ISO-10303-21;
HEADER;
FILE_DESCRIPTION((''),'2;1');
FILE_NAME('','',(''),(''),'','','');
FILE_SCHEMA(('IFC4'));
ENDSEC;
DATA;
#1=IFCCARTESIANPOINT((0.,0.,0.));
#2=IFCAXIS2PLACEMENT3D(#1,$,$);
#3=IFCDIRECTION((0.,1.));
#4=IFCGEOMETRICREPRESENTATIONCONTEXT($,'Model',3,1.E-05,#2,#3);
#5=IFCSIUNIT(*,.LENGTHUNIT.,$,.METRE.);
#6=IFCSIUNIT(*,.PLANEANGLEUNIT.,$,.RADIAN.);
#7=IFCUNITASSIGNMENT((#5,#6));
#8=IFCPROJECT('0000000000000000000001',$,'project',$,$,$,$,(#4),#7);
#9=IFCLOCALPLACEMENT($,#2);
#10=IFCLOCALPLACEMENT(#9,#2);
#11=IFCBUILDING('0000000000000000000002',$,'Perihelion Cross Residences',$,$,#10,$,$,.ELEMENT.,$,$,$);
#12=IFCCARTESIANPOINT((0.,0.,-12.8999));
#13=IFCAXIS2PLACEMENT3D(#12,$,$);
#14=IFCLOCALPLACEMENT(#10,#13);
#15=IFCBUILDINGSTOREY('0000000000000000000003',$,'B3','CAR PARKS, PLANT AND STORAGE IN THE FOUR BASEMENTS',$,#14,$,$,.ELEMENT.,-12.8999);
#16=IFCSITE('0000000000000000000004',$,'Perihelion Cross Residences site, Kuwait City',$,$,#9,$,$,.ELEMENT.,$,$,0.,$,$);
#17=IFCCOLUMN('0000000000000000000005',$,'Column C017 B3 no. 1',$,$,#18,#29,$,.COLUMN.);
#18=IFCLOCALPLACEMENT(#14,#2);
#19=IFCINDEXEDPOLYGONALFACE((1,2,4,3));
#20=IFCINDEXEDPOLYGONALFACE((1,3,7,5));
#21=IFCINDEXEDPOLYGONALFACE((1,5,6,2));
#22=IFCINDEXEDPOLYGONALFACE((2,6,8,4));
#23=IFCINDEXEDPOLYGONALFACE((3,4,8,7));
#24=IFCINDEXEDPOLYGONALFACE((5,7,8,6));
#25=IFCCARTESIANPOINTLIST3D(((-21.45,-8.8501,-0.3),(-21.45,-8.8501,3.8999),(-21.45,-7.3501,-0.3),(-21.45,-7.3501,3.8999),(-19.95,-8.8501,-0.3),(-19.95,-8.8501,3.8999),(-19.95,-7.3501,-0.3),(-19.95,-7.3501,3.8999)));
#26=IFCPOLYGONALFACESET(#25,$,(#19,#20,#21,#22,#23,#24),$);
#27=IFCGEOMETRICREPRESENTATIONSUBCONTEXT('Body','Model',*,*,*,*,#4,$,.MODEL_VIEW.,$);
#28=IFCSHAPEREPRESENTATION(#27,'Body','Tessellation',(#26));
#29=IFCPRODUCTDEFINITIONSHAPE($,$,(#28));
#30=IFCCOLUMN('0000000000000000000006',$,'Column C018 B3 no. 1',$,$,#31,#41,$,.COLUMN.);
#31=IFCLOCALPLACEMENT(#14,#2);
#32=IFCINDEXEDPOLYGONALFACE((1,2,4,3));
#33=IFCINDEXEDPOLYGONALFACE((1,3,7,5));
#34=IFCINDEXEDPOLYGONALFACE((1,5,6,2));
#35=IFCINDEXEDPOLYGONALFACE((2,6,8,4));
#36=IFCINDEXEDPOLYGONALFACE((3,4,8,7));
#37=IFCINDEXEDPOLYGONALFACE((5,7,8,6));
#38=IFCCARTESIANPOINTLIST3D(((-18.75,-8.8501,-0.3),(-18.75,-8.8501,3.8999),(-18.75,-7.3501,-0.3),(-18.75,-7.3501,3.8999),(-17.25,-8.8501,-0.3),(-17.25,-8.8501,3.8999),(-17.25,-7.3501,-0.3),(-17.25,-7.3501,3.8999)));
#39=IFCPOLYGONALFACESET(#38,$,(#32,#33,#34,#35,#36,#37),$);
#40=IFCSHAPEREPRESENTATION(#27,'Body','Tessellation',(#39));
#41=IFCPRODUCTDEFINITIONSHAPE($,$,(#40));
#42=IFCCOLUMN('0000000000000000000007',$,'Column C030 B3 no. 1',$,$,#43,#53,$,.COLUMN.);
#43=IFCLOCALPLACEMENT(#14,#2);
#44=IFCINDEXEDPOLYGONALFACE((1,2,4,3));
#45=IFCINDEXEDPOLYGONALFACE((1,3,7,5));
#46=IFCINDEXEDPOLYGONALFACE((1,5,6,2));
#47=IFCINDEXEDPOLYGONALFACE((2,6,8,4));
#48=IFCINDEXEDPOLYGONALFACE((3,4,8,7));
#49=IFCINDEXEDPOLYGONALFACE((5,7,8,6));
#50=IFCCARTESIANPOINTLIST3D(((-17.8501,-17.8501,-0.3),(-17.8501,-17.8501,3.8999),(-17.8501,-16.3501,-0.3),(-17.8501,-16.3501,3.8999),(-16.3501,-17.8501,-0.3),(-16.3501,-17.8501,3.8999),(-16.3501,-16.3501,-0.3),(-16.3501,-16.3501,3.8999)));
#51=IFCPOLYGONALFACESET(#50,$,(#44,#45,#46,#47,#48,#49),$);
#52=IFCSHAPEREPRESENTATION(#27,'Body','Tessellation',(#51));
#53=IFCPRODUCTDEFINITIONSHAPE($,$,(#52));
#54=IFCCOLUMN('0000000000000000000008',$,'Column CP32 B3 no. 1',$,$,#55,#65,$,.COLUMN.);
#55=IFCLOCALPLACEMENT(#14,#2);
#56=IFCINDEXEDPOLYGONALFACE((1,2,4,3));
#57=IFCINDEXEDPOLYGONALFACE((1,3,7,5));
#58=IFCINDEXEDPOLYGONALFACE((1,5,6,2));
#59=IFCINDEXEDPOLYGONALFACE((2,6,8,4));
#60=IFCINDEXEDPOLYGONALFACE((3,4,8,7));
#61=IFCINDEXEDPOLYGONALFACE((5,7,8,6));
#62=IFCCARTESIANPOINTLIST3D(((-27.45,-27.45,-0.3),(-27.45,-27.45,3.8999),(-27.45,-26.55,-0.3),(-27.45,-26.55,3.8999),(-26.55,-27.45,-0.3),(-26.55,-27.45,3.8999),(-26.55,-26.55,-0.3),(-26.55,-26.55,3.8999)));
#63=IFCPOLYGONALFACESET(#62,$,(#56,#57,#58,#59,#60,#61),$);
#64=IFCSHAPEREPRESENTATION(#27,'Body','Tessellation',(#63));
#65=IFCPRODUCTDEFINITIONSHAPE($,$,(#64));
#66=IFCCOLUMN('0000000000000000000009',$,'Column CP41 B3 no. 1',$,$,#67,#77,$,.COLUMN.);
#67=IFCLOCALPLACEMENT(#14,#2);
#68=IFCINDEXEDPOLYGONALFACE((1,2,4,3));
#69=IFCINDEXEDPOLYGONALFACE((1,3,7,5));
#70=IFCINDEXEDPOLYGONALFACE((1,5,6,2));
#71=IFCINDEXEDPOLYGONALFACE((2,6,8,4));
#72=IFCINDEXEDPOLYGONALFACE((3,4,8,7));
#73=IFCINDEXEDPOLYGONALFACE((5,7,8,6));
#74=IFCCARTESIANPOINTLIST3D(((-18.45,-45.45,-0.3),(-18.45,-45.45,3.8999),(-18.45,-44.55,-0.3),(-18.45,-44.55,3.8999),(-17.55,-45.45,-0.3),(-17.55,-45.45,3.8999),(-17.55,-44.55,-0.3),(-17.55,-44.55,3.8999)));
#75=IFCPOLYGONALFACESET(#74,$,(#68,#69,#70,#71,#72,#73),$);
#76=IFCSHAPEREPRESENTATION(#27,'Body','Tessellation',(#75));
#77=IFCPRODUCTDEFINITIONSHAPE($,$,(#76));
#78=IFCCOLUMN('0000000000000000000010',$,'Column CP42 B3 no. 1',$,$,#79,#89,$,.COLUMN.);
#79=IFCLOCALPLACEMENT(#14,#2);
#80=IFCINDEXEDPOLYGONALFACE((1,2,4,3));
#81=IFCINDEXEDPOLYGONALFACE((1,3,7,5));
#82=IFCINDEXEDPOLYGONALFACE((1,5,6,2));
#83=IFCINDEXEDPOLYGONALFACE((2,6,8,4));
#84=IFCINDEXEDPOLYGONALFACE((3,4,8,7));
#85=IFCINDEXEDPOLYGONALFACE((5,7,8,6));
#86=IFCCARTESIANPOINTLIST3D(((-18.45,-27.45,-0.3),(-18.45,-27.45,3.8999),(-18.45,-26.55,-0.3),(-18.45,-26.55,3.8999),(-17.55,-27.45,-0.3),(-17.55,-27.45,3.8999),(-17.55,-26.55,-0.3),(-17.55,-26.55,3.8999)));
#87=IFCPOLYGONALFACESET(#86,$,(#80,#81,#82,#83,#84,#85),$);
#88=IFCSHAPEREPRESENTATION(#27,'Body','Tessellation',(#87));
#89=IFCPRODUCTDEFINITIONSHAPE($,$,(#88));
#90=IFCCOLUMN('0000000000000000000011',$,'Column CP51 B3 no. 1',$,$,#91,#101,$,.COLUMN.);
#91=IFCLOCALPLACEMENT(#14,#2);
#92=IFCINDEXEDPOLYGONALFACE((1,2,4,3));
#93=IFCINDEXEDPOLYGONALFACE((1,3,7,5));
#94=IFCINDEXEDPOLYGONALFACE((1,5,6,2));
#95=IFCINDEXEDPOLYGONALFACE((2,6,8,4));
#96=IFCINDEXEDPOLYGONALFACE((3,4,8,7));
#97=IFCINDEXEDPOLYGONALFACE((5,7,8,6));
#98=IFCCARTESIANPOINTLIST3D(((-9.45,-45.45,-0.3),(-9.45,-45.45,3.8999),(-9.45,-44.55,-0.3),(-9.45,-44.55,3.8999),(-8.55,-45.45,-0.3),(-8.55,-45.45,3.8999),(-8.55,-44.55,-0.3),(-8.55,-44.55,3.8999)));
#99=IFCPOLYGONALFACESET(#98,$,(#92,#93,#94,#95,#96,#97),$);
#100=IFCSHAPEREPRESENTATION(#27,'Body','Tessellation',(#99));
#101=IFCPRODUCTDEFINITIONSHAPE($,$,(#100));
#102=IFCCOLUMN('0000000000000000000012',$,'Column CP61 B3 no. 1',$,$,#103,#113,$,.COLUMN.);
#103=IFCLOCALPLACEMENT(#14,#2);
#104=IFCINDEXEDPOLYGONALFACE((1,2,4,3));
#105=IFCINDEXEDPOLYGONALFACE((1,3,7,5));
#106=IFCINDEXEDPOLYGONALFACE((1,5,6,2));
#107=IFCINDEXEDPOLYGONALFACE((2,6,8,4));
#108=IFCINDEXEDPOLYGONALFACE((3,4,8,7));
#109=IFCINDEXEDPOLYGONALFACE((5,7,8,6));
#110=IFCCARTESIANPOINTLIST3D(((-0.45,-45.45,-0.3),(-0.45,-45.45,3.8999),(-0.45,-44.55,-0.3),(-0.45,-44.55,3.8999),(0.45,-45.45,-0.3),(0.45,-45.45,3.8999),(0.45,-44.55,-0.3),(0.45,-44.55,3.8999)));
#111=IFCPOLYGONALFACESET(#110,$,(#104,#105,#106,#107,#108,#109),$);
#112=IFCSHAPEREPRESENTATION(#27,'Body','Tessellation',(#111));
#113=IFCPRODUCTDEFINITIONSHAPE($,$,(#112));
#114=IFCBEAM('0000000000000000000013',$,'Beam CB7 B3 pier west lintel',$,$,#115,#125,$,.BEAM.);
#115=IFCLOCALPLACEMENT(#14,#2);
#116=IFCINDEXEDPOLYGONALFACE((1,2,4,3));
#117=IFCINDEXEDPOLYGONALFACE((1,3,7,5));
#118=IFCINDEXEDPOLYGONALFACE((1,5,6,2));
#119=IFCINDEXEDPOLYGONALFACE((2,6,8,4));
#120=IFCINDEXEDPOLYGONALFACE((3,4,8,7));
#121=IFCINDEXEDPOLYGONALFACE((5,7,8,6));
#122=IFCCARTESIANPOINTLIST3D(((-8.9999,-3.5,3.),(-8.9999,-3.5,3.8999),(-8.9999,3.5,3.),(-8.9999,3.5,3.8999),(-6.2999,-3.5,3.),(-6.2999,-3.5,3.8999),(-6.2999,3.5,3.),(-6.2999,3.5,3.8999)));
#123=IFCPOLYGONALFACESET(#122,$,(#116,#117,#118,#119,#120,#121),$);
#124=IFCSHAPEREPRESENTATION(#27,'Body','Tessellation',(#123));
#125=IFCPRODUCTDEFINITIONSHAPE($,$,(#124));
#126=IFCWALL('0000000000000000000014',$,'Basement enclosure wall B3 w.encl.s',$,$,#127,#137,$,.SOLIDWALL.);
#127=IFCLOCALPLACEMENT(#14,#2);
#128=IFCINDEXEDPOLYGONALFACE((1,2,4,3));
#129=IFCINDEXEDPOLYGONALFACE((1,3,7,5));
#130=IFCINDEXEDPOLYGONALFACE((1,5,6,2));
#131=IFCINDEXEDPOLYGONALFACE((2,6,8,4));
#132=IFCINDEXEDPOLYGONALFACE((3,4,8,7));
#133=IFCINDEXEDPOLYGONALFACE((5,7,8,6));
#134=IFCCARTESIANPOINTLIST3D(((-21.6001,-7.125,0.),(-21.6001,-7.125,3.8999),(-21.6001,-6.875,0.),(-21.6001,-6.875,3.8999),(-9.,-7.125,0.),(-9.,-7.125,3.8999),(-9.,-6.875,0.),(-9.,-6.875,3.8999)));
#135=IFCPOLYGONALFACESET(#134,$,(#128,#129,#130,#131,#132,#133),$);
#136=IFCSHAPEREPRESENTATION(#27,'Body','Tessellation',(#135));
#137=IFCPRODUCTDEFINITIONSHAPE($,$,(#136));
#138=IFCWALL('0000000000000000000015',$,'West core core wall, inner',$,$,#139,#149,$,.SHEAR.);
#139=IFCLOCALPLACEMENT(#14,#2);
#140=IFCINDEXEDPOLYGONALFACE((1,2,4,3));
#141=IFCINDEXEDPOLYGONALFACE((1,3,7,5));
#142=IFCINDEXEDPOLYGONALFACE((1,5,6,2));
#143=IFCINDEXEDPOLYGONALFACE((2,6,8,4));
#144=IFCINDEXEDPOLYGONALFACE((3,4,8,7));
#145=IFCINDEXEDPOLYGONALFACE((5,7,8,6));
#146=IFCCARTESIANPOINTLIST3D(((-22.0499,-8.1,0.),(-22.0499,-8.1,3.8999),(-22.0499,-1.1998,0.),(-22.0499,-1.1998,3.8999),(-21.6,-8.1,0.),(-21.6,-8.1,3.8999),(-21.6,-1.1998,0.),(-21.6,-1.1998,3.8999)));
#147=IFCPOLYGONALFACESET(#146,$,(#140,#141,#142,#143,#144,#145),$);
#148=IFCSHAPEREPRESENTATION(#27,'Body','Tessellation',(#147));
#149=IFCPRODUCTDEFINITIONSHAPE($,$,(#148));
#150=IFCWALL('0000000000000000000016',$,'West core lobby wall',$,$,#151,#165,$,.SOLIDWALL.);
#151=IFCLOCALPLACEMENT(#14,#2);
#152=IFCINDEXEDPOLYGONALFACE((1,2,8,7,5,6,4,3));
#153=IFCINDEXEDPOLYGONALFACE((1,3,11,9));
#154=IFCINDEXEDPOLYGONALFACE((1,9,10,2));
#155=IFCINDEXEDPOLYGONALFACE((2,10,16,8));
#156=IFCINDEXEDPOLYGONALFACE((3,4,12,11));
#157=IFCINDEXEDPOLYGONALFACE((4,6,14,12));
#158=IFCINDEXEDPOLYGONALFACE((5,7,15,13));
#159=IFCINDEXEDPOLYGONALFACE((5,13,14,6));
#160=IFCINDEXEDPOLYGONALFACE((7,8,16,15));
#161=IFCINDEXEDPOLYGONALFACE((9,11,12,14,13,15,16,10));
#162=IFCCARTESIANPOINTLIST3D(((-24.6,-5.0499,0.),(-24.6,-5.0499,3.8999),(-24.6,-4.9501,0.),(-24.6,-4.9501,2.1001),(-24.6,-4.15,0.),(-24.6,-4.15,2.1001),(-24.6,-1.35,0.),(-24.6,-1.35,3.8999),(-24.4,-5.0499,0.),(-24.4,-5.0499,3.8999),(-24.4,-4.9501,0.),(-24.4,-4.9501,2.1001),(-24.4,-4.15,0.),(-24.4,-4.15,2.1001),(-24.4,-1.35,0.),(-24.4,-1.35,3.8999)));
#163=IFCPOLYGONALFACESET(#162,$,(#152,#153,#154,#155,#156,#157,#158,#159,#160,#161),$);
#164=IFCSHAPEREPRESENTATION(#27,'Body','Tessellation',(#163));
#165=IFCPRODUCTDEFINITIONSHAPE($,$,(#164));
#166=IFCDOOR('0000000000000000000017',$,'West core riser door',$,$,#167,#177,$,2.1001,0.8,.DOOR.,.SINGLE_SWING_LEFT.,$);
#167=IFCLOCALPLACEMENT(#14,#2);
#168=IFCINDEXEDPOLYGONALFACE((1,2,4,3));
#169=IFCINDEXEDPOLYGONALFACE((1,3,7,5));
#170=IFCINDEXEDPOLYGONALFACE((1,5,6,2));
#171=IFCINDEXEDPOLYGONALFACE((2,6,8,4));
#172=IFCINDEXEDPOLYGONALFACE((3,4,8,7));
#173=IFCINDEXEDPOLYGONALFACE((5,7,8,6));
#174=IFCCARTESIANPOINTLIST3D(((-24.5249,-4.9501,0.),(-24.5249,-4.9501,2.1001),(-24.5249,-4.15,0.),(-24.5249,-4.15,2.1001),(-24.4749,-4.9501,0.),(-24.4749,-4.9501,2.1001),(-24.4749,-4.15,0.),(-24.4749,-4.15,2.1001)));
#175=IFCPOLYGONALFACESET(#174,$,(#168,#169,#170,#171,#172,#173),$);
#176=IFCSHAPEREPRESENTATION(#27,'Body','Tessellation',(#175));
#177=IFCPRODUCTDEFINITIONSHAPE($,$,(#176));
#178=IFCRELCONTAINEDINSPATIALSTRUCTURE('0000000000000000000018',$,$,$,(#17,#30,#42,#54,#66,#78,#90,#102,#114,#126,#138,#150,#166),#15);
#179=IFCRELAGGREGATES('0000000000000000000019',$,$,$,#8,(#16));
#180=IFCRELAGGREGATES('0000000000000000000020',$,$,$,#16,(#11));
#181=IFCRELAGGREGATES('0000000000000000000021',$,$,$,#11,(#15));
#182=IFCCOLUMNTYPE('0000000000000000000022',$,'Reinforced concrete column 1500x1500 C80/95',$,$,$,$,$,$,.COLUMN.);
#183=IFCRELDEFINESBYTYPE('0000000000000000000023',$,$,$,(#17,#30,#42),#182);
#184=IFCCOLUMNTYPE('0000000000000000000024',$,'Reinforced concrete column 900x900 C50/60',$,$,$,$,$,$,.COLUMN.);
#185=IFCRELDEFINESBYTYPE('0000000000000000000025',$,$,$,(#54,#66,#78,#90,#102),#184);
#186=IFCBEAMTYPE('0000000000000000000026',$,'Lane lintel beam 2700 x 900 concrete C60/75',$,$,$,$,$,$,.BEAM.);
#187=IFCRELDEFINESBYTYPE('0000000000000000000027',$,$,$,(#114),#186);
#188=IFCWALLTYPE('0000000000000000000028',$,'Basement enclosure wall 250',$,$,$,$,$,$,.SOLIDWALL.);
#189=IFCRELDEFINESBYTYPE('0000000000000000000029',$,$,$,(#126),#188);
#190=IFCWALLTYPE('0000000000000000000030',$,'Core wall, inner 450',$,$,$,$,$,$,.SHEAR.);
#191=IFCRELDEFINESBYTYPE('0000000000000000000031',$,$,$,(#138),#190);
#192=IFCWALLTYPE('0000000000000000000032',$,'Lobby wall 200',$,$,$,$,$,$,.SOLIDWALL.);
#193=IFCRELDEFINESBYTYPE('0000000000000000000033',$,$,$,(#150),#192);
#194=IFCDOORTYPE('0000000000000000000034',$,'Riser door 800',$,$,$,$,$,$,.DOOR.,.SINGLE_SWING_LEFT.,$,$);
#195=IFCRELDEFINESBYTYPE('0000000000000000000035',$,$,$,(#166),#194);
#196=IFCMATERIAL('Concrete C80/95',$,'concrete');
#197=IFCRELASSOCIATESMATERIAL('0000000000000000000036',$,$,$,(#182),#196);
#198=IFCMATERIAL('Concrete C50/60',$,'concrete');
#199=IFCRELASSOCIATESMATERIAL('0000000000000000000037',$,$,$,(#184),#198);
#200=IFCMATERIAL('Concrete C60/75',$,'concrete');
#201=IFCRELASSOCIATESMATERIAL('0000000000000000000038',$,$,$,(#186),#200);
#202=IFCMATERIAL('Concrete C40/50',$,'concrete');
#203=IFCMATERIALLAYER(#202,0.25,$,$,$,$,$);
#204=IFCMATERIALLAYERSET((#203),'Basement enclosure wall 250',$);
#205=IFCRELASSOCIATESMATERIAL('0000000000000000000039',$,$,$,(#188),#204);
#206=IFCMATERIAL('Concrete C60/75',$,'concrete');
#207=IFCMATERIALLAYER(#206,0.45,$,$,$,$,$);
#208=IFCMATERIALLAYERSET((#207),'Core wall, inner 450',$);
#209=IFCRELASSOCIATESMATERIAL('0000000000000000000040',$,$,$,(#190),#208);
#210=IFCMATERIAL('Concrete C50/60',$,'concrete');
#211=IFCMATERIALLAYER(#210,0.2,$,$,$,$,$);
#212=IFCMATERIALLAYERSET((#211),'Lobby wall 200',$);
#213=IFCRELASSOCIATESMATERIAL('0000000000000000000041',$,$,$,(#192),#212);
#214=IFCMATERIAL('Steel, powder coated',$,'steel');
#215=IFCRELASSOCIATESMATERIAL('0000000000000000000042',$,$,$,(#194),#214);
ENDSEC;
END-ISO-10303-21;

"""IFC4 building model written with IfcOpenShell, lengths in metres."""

from ifc_helpers import new_model, si_unit, direction, frame, frame_2d, origin, origin_2d, place, context, subcontext, project, spatial, rectangle, extrude, material, layer, layer_set, material_profile, profile_set, type_object, element, fill, save


model = new_model("IFC4")

# Units and contexts
model_context = context("Model", 3, precision=1e-05, world=origin(), true_north=direction((0.0, 1.0)))
body_context = subcontext(model_context, "Body", "Model", "MODEL_VIEW")
ifc_project = project(units=[si_unit("LENGTHUNIT", "METRE"), si_unit("PLANEANGLEUNIT", "RADIAN")], contexts=[model_context])

# Site, building, storey
site_placement = place(None, origin())
site = spatial("IfcSite", under=ifc_project, at=site_placement, Name="Perihelion Cross Residences site, Kuwait City", CompositionType="ELEMENT", RefElevation=0.0)
building_placement = place(site_placement, origin())
building = spatial("IfcBuilding", under=site, at=building_placement, Name="Perihelion Cross Residences", CompositionType="ELEMENT")
storey_placement = place(building_placement, frame((0.0, 0.0, -12.8999)))
storey = spatial("IfcBuildingStorey", under=building, at=storey_placement, Name="B3", Description="CAR PARKS, PLANT AND STORAGE IN THE FOUR BASEMENTS", CompositionType="ELEMENT", Elevation=-12.8999)

# Columns
ifc_material_1 = material(Name="Concrete C80/95", Category="concrete")
ifc_material_profile_1 = material_profile(ifc_material_1, rectangle(XDim=1.5, YDim=1.5, at=origin_2d()), Name="RC 1500x1500")
ifc_profile_set_1 = profile_set([ifc_material_profile_1], Name="Concrete C80/95")
column_type_1 = type_object("IfcColumnType", Name="Reinforced concrete column 1500x1500 C80/95", PredefinedType="COLUMN", material=ifc_profile_set_1)
for number, where, z_axis, x_axis, name in (
    (1, (-20.7, -8.1001, -0.3), (0.0, 0.0, 1.0), (1.0, 0.0, 0.0), "Column C017 B3 no. 1"),
    (2, (-18.0, -8.1001, -0.3), (0.0, 0.0, 1.0), (1.0, 0.0, 0.0), "Column C018 B3 no. 1"),
    (3, (-17.1001, -17.1001, -0.3), (0.0, 0.0, 1.0), (1.0, 0.0, 0.0), "Column C030 B3 no. 1"),
):
    element("IfcColumn", number, at=place(storey_placement, frame(where, z_axis=z_axis, x_axis=x_axis)), inside=storey, type_object=column_type_1, Name=name, PredefinedType="COLUMN", context=body_context, shape_type="SweptSolid", body=[
        extrude(rectangle(XDim=1.5, YDim=1.5, at=origin_2d()), origin(), (0.0, 0.0, 1.0), 4.2),
    ])
ifc_material_2 = material(Name="Concrete C50/60", Category="concrete")
ifc_material_profile_2 = material_profile(ifc_material_2, rectangle(XDim=0.8999, YDim=0.8999, at=origin_2d()), Name="RC 900x900")
ifc_profile_set_2 = profile_set([ifc_material_profile_2], Name="Concrete C50/60")
column_type_2 = type_object("IfcColumnType", Name="Reinforced concrete column 900x900 C50/60", PredefinedType="COLUMN", material=ifc_profile_set_2)
for number, where, z_axis, x_axis, name in (
    (4, (-27.0, -27.0, -0.3), (0.0, 0.0, 1.0), (1.0, 0.0, 0.0), "Column CP32 B3 no. 1"),
    (5, (-18.0, -45.0, -0.3), (0.0, 0.0, 1.0), (1.0, 0.0, 0.0), "Column CP41 B3 no. 1"),
    (6, (-18.0, -27.0, -0.3), (0.0, 0.0, 1.0), (1.0, 0.0, 0.0), "Column CP42 B3 no. 1"),
    (7, (-9.0, -45.0, -0.3), (0.0, 0.0, 1.0), (1.0, 0.0, 0.0), "Column CP51 B3 no. 1"),
    (8, (0.0, -45.0, -0.3), (0.0, 0.0, 1.0), (1.0, 0.0, 0.0), "Column CP61 B3 no. 1"),
):
    element("IfcColumn", number, at=place(storey_placement, frame(where, z_axis=z_axis, x_axis=x_axis)), inside=storey, type_object=column_type_2, Name=name, PredefinedType="COLUMN", context=body_context, shape_type="SweptSolid", body=[
        extrude(rectangle(XDim=0.8999, YDim=0.8999, at=origin_2d()), origin(), (0.0, 0.0, 1.0), 4.2),
    ])

# Beam
ifc_material_3 = material(Name="Concrete C60/75", Category="concrete")
ifc_material_profile_3 = material_profile(ifc_material_3, rectangle(XDim=2.7, YDim=0.8999, at=origin_2d()), Name="Lane lintel beam 2700 x 900 concrete C60/75")
ifc_profile_set_3 = profile_set([ifc_material_profile_3], Name="Concrete C60/75")
beam_type = type_object("IfcBeamType", Name="Lane lintel beam 2700 x 900 concrete C60/75", PredefinedType="BEAM", material=ifc_profile_set_3)
beam_placement = place(storey_placement, frame((-7.6499, -3.5, 3.45), z_axis=(0.0, 1.0, 0.0), x_axis=(-1.0, 0.0, 0.0)))
element("IfcBeam", 9, at=beam_placement, inside=storey, type_object=beam_type, Name="Beam CB7 B3 pier west lintel", PredefinedType="BEAM", context=body_context, shape_type="SweptSolid", body=[
    extrude(rectangle(XDim=2.7, YDim=0.8999, at=origin_2d()), origin(), (0.0, 0.0, 1.0), 7.0),
])

# Walls
ifc_material_4 = material(Name="Concrete C40/50", Category="concrete")
ifc_layer_1 = layer(ifc_material_4, 0.25)
ifc_layer_set_1 = layer_set([ifc_layer_1], Name="Basement enclosure wall 250")
wall_type_1 = type_object("IfcWallType", Name="Basement enclosure wall 250", PredefinedType="SOLIDWALL", material=ifc_layer_set_1)
wall_1_placement = place(storey_placement, frame((-9.0, -7.0, 0.0), z_axis=(0.0, 0.0, 1.0), x_axis=(-1.0, 0.0, 0.0)))
element("IfcWall", 10, at=wall_1_placement, inside=storey, type_object=wall_type_1, Name="Basement enclosure wall B3 w.encl.s", PredefinedType="SOLIDWALL", context=body_context, shape_type="SweptSolid", body=[
    extrude(rectangle(XDim=12.6001, YDim=0.25, at=frame_2d((6.3, 0.0))), origin(), (0.0, 0.0, 1.0), 3.8999),
])
ifc_material_5 = material(Name="Concrete C60/75", Category="concrete")
ifc_layer_2 = layer(ifc_material_5, 0.45)
ifc_layer_set_2 = layer_set([ifc_layer_2], Name="Core wall, inner 450")
wall_type_2 = type_object("IfcWallType", Name="Core wall, inner 450", PredefinedType="SHEAR", material=ifc_layer_set_2)
wall_2_placement = place(storey_placement, frame((-21.825, -8.1001, 0.0), z_axis=(0.0, 0.0, 1.0), x_axis=(0.0, 1.0, 0.0)))
element("IfcWall", 11, at=wall_2_placement, inside=storey, type_object=wall_type_2, Name="West core core wall, inner", PredefinedType="SHEAR", context=body_context, shape_type="SweptSolid", body=[
    extrude(rectangle(XDim=6.9001, YDim=0.45, at=frame_2d((3.4502, 0.0))), origin(), (0.0, 0.0, 1.0), 3.8999),
])

# Wall, opening, door
ifc_material_6 = material(Name="Concrete C50/60", Category="concrete")
ifc_layer_3 = layer(ifc_material_6, 0.2)
ifc_layer_set_3 = layer_set([ifc_layer_3], Name="Lobby wall 200")
wall_type_3 = type_object("IfcWallType", Name="Lobby wall 200", PredefinedType="SOLIDWALL", material=ifc_layer_set_3)
wall_3_placement = place(storey_placement, frame((-24.5, -5.05, 0.0), z_axis=(0.0, 0.0, 1.0), x_axis=(0.0, 1.0, 0.0)))
wall_3 = element("IfcWall", 12, at=wall_3_placement, inside=storey, type_object=wall_type_3, Name="West core lobby wall", PredefinedType="SOLIDWALL", context=body_context, shape_type="SweptSolid", body=[
    extrude(rectangle(XDim=3.7, YDim=0.2, at=frame_2d((1.8501, 0.0))), origin(), (0.0, 0.0, 1.0), 3.8999),
])
opening_1_placement = place(wall_3_placement, frame((0.1001, 0.0, 0.0)))
opening_1 = element("IfcOpeningElement", 13, at=opening_1_placement, cuts=wall_3, PredefinedType="OPENING", context=body_context, shape_type="SweptSolid", body=[
    extrude(rectangle(XDim=0.8, YDim=2.1001, at=frame_2d((0.3999, 1.05))), frame((0.0, 0.1099, 0.0), z_axis=(0.0, -1.0, 0.0), x_axis=(1.0, 0.0, 0.0)), (0.0, 0.0, 1.0), 0.22),
])
ifc_material_7 = material(Name="Steel, powder coated", Category="steel")
door_type_1 = type_object("IfcDoorType", Name="Riser door 800", OperationType="SINGLE_SWING_LEFT", PredefinedType="DOOR", material=ifc_material_7)
door_1_placement = place(opening_1_placement, origin())
door_1 = element("IfcDoor", 14, at=door_1_placement, inside=storey, type_object=door_type_1, Name="West core riser door", OperationType="SINGLE_SWING_LEFT", OverallHeight=2.1001, OverallWidth=0.8, PredefinedType="DOOR", context=body_context, shape_type="SweptSolid", body=[
    extrude(rectangle(XDim=0.8, YDim=2.1001, at=frame_2d((0.3999, 1.05))), frame((0.0, 0.0249, 0.0), z_axis=(0.0, -1.0, 0.0), x_axis=(1.0, 0.0, 0.0)), (0.0, 0.0, 1.0), 0.05),
])
fill(opening_1, door_1)

save(model, "model.ifc")
